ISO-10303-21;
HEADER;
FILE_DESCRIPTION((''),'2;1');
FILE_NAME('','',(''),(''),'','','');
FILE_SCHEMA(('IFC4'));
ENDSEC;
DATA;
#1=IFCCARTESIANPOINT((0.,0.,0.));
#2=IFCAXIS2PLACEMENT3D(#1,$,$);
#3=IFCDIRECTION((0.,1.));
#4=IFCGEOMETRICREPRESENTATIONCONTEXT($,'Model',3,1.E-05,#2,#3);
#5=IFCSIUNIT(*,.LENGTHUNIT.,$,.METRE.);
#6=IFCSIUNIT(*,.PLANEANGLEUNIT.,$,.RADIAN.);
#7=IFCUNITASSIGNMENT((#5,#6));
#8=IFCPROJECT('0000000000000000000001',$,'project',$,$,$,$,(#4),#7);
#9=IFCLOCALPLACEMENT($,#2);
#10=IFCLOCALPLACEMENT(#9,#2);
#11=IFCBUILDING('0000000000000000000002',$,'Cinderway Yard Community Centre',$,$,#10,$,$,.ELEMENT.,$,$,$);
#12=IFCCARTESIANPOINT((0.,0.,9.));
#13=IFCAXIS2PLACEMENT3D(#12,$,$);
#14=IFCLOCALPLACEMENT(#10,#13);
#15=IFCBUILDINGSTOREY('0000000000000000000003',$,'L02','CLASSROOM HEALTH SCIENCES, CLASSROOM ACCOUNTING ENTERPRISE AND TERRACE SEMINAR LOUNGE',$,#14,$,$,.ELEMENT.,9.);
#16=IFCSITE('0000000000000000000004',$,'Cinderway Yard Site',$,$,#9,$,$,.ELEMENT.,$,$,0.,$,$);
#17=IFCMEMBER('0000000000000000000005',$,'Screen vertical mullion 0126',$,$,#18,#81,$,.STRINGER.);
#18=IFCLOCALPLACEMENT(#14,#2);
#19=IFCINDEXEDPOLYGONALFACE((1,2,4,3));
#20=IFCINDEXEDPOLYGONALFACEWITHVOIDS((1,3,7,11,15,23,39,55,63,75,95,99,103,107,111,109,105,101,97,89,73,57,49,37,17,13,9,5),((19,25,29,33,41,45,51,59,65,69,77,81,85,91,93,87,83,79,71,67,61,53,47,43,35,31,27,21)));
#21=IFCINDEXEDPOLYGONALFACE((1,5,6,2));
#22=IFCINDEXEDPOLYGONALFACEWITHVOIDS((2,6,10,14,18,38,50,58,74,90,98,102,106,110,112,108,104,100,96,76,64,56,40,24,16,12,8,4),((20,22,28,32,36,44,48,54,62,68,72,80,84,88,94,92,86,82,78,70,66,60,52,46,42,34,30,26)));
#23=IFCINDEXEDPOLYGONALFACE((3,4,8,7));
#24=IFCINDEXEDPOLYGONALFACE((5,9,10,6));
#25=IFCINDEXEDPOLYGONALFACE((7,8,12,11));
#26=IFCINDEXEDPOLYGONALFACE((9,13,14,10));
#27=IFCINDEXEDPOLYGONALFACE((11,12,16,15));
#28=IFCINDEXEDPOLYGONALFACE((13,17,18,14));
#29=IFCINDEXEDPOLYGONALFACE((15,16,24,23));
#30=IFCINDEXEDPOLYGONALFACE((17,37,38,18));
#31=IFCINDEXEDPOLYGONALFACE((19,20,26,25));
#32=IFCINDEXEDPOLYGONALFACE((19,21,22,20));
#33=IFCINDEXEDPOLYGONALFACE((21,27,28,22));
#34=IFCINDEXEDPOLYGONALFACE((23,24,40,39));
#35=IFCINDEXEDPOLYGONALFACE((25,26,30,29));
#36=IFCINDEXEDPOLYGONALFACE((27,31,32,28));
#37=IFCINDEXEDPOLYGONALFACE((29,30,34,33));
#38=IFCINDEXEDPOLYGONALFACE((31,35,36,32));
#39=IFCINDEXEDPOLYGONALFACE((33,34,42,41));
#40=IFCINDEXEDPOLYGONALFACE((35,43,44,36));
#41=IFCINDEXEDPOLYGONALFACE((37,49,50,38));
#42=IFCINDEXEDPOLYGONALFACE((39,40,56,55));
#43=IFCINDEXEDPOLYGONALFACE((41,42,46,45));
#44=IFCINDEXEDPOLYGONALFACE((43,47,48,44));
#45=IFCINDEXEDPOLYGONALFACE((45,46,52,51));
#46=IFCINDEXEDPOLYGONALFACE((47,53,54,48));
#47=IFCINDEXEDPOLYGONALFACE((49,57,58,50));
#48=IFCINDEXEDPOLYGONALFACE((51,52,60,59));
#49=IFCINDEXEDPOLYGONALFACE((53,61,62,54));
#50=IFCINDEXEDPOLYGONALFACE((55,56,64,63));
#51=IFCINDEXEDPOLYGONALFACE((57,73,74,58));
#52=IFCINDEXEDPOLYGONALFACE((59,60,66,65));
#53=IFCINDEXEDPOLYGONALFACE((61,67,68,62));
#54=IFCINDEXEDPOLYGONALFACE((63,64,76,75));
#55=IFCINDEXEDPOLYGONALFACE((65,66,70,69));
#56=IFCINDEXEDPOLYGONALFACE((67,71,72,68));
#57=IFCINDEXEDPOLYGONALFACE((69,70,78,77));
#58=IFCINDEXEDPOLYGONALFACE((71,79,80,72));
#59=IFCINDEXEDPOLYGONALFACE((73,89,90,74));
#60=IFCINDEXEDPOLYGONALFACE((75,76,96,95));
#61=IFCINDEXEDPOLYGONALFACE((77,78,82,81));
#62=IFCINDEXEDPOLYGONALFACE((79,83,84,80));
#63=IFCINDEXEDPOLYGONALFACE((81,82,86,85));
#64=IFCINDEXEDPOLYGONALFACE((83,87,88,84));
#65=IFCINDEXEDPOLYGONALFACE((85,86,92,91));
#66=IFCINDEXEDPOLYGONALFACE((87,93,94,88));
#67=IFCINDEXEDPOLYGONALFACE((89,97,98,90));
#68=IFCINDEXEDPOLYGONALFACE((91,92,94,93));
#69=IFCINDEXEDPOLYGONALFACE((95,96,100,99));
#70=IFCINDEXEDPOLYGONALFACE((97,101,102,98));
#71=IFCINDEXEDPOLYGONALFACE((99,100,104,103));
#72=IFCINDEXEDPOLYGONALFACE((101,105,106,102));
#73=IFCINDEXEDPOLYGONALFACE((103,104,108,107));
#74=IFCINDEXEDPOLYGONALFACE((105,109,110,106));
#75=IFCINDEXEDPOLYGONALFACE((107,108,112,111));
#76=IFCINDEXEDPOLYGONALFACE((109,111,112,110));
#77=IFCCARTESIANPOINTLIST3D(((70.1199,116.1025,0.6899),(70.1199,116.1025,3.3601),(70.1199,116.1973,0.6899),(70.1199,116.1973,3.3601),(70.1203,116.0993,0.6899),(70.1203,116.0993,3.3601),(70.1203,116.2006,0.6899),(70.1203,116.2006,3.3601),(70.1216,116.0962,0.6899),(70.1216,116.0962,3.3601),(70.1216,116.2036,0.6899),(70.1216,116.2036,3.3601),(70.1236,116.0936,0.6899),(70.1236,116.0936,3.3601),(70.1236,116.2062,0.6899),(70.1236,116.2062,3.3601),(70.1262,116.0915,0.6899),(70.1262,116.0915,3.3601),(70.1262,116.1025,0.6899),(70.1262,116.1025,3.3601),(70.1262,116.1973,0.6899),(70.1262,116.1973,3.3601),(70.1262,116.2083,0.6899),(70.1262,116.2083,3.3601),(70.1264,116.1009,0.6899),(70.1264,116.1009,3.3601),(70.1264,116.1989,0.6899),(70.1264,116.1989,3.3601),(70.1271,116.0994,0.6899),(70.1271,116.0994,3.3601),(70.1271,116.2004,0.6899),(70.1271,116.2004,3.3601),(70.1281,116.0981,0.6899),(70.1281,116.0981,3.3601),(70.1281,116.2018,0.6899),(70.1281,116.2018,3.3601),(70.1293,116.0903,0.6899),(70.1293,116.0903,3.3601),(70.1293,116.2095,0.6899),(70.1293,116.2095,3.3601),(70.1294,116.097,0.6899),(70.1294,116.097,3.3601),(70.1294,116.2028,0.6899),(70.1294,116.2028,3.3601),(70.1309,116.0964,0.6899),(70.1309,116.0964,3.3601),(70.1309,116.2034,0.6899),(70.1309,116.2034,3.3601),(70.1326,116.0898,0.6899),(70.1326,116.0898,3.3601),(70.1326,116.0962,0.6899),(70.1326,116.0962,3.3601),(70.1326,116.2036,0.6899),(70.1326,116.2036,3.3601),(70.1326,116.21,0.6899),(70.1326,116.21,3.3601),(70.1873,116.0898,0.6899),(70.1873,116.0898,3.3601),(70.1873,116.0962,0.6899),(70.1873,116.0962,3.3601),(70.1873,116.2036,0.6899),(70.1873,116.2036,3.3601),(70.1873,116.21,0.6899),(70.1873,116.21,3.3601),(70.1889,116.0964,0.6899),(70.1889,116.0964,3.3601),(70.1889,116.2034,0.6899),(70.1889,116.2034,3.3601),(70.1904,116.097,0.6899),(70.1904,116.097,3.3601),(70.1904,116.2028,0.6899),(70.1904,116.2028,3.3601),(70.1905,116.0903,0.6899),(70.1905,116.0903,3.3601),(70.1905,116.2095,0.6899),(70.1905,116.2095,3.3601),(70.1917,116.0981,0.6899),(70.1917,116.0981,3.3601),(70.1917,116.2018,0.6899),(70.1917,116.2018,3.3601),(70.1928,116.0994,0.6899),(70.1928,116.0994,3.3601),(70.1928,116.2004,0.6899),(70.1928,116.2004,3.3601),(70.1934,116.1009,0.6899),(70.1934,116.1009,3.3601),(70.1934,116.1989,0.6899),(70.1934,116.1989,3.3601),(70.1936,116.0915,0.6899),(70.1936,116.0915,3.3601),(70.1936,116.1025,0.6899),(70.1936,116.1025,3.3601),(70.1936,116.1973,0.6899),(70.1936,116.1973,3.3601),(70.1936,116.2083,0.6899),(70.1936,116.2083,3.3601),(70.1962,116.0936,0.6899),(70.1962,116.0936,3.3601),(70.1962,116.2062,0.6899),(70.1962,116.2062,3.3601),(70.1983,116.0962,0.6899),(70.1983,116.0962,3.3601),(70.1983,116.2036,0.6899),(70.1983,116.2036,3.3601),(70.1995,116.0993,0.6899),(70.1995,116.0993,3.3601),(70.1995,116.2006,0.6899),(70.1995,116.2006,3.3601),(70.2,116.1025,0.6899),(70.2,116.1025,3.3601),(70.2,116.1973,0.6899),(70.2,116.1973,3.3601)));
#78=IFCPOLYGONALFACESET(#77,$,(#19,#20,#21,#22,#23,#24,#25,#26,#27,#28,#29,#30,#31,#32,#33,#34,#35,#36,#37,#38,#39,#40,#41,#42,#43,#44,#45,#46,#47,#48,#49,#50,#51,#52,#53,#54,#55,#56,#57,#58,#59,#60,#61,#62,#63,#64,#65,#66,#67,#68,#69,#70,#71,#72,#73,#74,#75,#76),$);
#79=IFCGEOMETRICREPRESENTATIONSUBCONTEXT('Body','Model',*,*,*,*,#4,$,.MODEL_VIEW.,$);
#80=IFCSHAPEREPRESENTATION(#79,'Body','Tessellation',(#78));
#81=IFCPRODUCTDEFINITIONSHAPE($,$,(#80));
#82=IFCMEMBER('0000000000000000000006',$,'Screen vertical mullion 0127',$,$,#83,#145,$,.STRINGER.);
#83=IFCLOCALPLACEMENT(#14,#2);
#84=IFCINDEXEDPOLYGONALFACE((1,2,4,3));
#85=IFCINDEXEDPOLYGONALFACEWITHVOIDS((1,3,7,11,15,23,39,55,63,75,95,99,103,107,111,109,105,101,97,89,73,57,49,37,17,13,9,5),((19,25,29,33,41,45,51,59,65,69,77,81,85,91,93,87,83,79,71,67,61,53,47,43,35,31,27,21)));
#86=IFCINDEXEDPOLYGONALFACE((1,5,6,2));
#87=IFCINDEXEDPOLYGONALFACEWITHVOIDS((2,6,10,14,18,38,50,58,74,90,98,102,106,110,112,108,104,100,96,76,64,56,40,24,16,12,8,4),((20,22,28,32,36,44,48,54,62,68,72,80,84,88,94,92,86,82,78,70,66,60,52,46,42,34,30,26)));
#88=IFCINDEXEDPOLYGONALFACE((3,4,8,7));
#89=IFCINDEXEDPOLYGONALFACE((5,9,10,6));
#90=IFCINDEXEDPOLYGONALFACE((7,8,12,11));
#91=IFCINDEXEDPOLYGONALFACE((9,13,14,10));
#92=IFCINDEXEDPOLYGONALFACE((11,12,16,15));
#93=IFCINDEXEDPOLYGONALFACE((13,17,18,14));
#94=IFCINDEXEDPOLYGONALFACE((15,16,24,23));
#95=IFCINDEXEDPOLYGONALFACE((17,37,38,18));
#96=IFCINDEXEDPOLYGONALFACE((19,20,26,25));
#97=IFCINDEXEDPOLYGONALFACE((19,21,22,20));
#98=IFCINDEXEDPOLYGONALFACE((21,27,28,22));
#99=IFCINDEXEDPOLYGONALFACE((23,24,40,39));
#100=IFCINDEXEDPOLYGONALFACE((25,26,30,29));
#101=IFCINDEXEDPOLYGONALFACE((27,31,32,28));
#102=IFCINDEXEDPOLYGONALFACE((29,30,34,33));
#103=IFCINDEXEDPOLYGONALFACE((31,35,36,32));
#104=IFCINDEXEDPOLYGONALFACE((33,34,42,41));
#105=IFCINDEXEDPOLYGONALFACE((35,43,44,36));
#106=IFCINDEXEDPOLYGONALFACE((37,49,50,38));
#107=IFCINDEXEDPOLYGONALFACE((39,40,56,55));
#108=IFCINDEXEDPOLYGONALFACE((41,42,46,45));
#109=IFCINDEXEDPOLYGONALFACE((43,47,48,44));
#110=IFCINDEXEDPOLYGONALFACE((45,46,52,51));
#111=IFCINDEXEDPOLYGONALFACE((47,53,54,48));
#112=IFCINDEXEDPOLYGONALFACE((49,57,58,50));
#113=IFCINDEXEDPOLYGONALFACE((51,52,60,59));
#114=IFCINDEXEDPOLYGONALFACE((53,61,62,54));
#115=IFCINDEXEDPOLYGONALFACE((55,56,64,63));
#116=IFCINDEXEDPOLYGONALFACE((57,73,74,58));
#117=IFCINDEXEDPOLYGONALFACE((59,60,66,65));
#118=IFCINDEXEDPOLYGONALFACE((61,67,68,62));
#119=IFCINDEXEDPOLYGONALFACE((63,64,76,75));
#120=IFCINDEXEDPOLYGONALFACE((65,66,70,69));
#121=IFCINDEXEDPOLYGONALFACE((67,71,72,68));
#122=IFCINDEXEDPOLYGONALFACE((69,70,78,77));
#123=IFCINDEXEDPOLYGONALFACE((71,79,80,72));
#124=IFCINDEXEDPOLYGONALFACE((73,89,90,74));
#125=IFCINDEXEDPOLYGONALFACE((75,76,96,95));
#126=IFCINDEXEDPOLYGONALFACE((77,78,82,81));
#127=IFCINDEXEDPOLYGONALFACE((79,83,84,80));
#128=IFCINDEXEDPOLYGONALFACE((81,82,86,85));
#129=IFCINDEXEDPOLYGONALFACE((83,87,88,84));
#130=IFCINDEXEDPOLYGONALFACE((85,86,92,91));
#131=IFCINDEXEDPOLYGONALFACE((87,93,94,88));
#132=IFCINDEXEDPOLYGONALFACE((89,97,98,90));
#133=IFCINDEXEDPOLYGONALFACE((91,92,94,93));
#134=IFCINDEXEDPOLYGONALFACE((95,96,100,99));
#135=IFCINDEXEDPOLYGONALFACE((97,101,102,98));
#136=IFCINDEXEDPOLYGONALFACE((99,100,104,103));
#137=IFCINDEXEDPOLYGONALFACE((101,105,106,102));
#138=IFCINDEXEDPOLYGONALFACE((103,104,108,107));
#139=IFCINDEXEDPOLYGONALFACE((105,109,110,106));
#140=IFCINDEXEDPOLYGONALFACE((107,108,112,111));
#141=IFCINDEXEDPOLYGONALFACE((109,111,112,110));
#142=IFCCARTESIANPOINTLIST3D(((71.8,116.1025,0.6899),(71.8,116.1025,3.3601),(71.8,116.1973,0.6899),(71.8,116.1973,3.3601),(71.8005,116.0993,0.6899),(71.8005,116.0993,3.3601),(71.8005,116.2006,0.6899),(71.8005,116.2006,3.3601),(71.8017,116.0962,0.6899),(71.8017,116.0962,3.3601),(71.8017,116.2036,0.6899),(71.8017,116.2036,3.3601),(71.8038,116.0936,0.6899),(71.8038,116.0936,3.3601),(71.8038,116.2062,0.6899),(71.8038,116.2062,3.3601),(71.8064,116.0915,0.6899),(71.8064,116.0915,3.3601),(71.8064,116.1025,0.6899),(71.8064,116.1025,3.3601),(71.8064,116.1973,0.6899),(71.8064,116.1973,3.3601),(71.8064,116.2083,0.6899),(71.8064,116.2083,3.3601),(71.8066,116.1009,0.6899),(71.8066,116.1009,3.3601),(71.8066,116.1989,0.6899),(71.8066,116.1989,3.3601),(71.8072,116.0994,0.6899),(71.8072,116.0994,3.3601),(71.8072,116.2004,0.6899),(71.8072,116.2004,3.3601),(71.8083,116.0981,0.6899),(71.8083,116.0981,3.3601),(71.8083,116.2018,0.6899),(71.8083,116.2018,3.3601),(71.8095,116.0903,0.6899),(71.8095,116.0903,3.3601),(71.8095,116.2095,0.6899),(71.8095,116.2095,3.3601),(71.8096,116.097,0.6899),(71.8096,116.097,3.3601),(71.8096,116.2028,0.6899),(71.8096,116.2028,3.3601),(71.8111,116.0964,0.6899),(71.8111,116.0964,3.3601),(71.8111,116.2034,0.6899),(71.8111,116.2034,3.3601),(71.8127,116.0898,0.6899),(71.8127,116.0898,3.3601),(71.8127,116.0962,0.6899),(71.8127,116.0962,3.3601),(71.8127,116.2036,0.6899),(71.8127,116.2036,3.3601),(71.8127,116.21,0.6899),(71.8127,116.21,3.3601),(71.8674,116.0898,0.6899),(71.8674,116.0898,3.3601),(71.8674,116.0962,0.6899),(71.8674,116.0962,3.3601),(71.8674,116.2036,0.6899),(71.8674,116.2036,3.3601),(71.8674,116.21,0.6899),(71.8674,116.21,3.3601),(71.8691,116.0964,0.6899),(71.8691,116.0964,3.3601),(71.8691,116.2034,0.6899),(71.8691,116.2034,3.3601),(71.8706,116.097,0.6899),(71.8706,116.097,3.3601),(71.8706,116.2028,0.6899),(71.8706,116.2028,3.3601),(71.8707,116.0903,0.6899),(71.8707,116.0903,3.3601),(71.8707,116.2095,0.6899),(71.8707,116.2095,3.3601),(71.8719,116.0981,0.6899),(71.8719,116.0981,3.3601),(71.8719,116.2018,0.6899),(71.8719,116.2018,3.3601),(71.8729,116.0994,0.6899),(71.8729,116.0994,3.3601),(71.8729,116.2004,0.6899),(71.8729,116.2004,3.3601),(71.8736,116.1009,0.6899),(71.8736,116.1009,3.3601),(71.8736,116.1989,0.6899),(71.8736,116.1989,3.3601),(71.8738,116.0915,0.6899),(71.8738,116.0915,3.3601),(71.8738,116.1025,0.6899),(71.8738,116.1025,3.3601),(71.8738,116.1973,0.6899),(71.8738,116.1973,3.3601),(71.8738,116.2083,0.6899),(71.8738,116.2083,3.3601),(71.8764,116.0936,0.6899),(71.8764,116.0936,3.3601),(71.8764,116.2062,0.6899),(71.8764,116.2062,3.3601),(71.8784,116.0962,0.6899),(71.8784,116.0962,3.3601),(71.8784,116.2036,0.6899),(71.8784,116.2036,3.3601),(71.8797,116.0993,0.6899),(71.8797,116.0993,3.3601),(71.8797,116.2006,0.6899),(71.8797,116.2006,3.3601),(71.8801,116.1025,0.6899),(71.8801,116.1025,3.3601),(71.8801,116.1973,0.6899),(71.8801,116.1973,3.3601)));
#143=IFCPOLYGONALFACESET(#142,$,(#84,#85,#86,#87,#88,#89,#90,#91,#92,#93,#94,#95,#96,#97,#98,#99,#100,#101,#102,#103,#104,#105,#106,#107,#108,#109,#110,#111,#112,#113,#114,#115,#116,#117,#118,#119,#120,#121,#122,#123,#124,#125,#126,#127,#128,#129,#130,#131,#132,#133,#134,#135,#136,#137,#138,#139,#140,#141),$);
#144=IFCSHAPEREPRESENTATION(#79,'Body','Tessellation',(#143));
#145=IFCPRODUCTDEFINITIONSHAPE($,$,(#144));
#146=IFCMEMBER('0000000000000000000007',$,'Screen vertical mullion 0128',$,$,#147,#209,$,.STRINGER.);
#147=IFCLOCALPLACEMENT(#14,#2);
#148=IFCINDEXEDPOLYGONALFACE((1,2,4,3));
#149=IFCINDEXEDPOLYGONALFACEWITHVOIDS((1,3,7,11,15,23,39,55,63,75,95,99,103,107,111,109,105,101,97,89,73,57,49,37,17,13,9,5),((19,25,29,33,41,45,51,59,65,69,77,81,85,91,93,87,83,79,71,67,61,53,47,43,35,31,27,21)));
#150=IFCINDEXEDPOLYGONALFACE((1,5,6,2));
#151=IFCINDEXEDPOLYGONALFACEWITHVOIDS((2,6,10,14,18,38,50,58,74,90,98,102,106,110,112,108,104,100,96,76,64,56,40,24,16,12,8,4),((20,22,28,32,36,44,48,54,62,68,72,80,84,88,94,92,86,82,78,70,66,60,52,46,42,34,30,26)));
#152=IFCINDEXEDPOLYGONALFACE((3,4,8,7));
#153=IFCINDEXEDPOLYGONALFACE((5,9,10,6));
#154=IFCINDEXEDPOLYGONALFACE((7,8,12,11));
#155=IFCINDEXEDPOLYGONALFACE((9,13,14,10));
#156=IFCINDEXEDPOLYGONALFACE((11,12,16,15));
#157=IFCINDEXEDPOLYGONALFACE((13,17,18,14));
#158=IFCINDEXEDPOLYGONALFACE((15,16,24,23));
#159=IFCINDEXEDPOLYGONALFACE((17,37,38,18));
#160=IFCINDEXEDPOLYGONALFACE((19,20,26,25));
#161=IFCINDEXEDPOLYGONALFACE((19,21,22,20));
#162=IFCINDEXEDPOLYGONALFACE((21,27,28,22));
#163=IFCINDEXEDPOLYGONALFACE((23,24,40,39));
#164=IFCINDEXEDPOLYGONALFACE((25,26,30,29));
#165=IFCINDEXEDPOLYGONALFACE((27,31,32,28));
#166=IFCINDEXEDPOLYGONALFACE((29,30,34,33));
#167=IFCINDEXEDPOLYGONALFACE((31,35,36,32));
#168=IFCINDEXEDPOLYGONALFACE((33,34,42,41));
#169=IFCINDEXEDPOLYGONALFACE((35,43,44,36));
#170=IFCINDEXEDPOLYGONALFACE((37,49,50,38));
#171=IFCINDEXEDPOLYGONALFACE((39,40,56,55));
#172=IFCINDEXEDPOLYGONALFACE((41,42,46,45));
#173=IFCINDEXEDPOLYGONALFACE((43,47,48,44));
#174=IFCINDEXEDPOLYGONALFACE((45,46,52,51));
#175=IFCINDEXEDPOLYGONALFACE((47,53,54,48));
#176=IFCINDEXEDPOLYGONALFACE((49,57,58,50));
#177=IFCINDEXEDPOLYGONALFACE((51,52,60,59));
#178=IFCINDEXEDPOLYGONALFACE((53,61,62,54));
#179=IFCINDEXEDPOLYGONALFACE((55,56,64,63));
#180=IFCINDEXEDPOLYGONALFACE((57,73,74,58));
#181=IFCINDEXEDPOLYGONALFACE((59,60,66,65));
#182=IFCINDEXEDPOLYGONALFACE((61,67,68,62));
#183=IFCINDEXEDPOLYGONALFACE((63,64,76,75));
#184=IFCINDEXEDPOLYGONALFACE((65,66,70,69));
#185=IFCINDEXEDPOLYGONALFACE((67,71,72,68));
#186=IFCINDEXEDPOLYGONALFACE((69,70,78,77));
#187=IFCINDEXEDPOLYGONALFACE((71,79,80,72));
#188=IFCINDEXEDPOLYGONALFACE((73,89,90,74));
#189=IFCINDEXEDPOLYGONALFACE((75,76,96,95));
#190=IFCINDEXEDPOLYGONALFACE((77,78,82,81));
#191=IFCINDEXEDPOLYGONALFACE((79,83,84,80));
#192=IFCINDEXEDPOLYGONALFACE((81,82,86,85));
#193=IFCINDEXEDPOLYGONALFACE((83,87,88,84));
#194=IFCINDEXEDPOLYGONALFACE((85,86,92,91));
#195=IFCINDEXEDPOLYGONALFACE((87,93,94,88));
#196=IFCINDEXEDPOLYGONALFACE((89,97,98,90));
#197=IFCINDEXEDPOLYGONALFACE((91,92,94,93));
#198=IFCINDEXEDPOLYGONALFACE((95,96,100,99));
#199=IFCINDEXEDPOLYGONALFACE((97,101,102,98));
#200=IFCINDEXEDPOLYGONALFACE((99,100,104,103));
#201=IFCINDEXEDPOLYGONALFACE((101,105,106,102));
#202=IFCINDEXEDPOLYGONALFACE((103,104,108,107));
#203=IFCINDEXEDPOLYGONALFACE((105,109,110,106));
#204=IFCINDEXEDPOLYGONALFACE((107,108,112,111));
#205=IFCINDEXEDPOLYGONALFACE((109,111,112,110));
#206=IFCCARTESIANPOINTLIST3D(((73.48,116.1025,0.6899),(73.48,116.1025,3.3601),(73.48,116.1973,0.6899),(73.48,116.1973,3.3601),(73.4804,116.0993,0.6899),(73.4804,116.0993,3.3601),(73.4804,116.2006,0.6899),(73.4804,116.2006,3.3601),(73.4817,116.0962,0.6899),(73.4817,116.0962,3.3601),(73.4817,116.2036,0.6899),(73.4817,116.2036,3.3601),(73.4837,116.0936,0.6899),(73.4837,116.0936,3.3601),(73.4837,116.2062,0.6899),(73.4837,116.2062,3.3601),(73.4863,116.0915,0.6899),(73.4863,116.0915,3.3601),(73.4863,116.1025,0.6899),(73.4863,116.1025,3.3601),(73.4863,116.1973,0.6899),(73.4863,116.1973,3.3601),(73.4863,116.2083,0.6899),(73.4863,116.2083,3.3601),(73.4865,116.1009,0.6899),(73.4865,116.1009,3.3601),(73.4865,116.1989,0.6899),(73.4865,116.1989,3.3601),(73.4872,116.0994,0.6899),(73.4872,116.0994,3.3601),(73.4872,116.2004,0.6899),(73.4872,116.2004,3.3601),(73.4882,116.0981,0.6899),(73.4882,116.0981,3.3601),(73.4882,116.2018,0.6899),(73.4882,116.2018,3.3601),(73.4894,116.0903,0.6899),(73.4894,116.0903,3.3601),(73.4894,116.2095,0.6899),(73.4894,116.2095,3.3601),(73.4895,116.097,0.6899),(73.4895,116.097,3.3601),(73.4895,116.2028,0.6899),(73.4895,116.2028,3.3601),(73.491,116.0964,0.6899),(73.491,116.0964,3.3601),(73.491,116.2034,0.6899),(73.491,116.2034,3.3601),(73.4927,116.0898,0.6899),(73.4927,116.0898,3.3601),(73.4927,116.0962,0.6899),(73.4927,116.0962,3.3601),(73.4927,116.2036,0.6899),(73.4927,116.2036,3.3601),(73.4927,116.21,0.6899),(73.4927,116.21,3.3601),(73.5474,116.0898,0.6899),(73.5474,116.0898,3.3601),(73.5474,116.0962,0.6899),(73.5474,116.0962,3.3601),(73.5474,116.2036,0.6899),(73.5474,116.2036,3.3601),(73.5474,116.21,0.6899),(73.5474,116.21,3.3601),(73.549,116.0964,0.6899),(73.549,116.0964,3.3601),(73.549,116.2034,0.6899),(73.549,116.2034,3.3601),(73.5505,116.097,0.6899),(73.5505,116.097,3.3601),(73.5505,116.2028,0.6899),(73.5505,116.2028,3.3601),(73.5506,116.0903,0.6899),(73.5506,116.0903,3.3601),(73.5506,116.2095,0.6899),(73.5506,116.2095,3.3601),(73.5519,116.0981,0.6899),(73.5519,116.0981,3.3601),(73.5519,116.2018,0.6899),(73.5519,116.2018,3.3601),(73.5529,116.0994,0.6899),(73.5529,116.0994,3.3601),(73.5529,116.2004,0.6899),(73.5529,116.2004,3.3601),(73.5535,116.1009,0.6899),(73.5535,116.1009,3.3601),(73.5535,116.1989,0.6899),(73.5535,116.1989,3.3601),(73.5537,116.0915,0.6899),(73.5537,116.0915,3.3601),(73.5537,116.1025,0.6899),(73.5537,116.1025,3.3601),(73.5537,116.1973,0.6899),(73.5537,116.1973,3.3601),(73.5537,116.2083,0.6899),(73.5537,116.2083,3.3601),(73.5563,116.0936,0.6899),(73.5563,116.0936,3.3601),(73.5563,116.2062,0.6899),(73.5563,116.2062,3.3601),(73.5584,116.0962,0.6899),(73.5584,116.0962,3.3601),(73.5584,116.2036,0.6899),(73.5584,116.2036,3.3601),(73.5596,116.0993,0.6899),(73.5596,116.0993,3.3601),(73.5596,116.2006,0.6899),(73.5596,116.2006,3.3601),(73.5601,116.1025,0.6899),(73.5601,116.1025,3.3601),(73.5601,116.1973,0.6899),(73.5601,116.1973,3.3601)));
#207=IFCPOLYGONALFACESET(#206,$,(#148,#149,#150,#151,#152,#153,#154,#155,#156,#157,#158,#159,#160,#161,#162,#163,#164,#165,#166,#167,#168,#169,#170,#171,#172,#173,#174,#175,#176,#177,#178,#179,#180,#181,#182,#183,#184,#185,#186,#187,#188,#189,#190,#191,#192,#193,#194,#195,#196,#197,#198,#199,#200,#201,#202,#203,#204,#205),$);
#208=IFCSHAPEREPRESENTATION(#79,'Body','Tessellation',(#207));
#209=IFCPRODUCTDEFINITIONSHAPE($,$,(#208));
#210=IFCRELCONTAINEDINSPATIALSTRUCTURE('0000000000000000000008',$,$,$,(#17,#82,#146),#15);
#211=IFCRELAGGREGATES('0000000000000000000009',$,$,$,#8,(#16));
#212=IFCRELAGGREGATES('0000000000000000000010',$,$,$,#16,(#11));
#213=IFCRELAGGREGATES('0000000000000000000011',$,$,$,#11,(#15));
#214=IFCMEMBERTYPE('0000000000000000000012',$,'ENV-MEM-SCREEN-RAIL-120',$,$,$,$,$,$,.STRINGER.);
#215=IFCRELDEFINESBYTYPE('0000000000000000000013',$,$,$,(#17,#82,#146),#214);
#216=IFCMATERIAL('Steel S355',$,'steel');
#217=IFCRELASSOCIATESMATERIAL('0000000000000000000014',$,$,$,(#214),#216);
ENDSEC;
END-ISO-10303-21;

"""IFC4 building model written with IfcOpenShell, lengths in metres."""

from ifc_helpers import new_model, si_unit, direction, frame, origin, origin_2d, place, context, subcontext, project, spatial, hollow_rectangle, extrude, material, material_profile, profile_set, type_object, element, save


model = new_model("IFC4")

# Units and contexts
model_context = context("Model", 3, precision=1e-05, world=origin(), true_north=direction((0.0, 1.0)))
body_context = subcontext(model_context, "Body", "Model", "MODEL_VIEW")
ifc_project = project(units=[si_unit("LENGTHUNIT", "METRE"), si_unit("PLANEANGLEUNIT", "RADIAN")], contexts=[model_context])

# Site, building, storey
site_placement = place(None, origin())
site = spatial("IfcSite", under=ifc_project, at=site_placement, Name="Cinderway Yard Site", CompositionType="ELEMENT", RefElevation=0.0)
building_placement = place(site_placement, origin())
building = spatial("IfcBuilding", under=site, at=building_placement, Name="Cinderway Yard Community Centre", CompositionType="ELEMENT")
storey_placement = place(building_placement, frame((0.0, 0.0, 9.0)))
storey = spatial("IfcBuildingStorey", under=building, at=storey_placement, Name="L02", Description="CLASSROOM HEALTH SCIENCES, CLASSROOM ACCOUNTING ENTERPRISE AND TERRACE SEMINAR LOUNGE", CompositionType="ELEMENT", Elevation=9.0)

# Members
ifc_material_1 = material(Name="Steel S355", Category="steel")
ifc_material_profile = material_profile(ifc_material_1, hollow_rectangle(XDim=0.0801, YDim=0.1201, WallThickness=0.0063, InnerFilletRadius=0.0063, OuterFilletRadius=0.0127, at=origin_2d()), Name="Steel S355")
ifc_profile_set = profile_set([ifc_material_profile], Name="Steel S355")
member_type = type_object("IfcMemberType", Name="ENV-MEM-SCREEN-RAIL-120", PredefinedType="STRINGER", material=ifc_profile_set)
for number, where, z_axis, x_axis, name in (
    (1, (70.1599, 116.1499, 0.6899), (0.0, 0.0, 1.0), (1.0, 0.0, 0.0), "Screen vertical mullion 0126"),
    (2, (71.8401, 116.1499, 0.6899), (0.0, 0.0, 1.0), (1.0, 0.0, 0.0), "Screen vertical mullion 0127"),
    (3, (73.52, 116.1499, 0.6899), (0.0, 0.0, 1.0), (1.0, 0.0, 0.0), "Screen vertical mullion 0128"),
):
    element("IfcMember", number, at=place(storey_placement, frame(where, z_axis=z_axis, x_axis=x_axis)), inside=storey, type_object=member_type, Name=name, PredefinedType="STRINGER", context=body_context, shape_type="SweptSolid", body=[
        extrude(hollow_rectangle(XDim=0.0801, YDim=0.1201, WallThickness=0.0063, InnerFilletRadius=0.0063, OuterFilletRadius=0.0127, at=origin_2d()), origin(), (0.0, 0.0, 1.0), 2.6702),
    ])

save(model, "model.ifc")
